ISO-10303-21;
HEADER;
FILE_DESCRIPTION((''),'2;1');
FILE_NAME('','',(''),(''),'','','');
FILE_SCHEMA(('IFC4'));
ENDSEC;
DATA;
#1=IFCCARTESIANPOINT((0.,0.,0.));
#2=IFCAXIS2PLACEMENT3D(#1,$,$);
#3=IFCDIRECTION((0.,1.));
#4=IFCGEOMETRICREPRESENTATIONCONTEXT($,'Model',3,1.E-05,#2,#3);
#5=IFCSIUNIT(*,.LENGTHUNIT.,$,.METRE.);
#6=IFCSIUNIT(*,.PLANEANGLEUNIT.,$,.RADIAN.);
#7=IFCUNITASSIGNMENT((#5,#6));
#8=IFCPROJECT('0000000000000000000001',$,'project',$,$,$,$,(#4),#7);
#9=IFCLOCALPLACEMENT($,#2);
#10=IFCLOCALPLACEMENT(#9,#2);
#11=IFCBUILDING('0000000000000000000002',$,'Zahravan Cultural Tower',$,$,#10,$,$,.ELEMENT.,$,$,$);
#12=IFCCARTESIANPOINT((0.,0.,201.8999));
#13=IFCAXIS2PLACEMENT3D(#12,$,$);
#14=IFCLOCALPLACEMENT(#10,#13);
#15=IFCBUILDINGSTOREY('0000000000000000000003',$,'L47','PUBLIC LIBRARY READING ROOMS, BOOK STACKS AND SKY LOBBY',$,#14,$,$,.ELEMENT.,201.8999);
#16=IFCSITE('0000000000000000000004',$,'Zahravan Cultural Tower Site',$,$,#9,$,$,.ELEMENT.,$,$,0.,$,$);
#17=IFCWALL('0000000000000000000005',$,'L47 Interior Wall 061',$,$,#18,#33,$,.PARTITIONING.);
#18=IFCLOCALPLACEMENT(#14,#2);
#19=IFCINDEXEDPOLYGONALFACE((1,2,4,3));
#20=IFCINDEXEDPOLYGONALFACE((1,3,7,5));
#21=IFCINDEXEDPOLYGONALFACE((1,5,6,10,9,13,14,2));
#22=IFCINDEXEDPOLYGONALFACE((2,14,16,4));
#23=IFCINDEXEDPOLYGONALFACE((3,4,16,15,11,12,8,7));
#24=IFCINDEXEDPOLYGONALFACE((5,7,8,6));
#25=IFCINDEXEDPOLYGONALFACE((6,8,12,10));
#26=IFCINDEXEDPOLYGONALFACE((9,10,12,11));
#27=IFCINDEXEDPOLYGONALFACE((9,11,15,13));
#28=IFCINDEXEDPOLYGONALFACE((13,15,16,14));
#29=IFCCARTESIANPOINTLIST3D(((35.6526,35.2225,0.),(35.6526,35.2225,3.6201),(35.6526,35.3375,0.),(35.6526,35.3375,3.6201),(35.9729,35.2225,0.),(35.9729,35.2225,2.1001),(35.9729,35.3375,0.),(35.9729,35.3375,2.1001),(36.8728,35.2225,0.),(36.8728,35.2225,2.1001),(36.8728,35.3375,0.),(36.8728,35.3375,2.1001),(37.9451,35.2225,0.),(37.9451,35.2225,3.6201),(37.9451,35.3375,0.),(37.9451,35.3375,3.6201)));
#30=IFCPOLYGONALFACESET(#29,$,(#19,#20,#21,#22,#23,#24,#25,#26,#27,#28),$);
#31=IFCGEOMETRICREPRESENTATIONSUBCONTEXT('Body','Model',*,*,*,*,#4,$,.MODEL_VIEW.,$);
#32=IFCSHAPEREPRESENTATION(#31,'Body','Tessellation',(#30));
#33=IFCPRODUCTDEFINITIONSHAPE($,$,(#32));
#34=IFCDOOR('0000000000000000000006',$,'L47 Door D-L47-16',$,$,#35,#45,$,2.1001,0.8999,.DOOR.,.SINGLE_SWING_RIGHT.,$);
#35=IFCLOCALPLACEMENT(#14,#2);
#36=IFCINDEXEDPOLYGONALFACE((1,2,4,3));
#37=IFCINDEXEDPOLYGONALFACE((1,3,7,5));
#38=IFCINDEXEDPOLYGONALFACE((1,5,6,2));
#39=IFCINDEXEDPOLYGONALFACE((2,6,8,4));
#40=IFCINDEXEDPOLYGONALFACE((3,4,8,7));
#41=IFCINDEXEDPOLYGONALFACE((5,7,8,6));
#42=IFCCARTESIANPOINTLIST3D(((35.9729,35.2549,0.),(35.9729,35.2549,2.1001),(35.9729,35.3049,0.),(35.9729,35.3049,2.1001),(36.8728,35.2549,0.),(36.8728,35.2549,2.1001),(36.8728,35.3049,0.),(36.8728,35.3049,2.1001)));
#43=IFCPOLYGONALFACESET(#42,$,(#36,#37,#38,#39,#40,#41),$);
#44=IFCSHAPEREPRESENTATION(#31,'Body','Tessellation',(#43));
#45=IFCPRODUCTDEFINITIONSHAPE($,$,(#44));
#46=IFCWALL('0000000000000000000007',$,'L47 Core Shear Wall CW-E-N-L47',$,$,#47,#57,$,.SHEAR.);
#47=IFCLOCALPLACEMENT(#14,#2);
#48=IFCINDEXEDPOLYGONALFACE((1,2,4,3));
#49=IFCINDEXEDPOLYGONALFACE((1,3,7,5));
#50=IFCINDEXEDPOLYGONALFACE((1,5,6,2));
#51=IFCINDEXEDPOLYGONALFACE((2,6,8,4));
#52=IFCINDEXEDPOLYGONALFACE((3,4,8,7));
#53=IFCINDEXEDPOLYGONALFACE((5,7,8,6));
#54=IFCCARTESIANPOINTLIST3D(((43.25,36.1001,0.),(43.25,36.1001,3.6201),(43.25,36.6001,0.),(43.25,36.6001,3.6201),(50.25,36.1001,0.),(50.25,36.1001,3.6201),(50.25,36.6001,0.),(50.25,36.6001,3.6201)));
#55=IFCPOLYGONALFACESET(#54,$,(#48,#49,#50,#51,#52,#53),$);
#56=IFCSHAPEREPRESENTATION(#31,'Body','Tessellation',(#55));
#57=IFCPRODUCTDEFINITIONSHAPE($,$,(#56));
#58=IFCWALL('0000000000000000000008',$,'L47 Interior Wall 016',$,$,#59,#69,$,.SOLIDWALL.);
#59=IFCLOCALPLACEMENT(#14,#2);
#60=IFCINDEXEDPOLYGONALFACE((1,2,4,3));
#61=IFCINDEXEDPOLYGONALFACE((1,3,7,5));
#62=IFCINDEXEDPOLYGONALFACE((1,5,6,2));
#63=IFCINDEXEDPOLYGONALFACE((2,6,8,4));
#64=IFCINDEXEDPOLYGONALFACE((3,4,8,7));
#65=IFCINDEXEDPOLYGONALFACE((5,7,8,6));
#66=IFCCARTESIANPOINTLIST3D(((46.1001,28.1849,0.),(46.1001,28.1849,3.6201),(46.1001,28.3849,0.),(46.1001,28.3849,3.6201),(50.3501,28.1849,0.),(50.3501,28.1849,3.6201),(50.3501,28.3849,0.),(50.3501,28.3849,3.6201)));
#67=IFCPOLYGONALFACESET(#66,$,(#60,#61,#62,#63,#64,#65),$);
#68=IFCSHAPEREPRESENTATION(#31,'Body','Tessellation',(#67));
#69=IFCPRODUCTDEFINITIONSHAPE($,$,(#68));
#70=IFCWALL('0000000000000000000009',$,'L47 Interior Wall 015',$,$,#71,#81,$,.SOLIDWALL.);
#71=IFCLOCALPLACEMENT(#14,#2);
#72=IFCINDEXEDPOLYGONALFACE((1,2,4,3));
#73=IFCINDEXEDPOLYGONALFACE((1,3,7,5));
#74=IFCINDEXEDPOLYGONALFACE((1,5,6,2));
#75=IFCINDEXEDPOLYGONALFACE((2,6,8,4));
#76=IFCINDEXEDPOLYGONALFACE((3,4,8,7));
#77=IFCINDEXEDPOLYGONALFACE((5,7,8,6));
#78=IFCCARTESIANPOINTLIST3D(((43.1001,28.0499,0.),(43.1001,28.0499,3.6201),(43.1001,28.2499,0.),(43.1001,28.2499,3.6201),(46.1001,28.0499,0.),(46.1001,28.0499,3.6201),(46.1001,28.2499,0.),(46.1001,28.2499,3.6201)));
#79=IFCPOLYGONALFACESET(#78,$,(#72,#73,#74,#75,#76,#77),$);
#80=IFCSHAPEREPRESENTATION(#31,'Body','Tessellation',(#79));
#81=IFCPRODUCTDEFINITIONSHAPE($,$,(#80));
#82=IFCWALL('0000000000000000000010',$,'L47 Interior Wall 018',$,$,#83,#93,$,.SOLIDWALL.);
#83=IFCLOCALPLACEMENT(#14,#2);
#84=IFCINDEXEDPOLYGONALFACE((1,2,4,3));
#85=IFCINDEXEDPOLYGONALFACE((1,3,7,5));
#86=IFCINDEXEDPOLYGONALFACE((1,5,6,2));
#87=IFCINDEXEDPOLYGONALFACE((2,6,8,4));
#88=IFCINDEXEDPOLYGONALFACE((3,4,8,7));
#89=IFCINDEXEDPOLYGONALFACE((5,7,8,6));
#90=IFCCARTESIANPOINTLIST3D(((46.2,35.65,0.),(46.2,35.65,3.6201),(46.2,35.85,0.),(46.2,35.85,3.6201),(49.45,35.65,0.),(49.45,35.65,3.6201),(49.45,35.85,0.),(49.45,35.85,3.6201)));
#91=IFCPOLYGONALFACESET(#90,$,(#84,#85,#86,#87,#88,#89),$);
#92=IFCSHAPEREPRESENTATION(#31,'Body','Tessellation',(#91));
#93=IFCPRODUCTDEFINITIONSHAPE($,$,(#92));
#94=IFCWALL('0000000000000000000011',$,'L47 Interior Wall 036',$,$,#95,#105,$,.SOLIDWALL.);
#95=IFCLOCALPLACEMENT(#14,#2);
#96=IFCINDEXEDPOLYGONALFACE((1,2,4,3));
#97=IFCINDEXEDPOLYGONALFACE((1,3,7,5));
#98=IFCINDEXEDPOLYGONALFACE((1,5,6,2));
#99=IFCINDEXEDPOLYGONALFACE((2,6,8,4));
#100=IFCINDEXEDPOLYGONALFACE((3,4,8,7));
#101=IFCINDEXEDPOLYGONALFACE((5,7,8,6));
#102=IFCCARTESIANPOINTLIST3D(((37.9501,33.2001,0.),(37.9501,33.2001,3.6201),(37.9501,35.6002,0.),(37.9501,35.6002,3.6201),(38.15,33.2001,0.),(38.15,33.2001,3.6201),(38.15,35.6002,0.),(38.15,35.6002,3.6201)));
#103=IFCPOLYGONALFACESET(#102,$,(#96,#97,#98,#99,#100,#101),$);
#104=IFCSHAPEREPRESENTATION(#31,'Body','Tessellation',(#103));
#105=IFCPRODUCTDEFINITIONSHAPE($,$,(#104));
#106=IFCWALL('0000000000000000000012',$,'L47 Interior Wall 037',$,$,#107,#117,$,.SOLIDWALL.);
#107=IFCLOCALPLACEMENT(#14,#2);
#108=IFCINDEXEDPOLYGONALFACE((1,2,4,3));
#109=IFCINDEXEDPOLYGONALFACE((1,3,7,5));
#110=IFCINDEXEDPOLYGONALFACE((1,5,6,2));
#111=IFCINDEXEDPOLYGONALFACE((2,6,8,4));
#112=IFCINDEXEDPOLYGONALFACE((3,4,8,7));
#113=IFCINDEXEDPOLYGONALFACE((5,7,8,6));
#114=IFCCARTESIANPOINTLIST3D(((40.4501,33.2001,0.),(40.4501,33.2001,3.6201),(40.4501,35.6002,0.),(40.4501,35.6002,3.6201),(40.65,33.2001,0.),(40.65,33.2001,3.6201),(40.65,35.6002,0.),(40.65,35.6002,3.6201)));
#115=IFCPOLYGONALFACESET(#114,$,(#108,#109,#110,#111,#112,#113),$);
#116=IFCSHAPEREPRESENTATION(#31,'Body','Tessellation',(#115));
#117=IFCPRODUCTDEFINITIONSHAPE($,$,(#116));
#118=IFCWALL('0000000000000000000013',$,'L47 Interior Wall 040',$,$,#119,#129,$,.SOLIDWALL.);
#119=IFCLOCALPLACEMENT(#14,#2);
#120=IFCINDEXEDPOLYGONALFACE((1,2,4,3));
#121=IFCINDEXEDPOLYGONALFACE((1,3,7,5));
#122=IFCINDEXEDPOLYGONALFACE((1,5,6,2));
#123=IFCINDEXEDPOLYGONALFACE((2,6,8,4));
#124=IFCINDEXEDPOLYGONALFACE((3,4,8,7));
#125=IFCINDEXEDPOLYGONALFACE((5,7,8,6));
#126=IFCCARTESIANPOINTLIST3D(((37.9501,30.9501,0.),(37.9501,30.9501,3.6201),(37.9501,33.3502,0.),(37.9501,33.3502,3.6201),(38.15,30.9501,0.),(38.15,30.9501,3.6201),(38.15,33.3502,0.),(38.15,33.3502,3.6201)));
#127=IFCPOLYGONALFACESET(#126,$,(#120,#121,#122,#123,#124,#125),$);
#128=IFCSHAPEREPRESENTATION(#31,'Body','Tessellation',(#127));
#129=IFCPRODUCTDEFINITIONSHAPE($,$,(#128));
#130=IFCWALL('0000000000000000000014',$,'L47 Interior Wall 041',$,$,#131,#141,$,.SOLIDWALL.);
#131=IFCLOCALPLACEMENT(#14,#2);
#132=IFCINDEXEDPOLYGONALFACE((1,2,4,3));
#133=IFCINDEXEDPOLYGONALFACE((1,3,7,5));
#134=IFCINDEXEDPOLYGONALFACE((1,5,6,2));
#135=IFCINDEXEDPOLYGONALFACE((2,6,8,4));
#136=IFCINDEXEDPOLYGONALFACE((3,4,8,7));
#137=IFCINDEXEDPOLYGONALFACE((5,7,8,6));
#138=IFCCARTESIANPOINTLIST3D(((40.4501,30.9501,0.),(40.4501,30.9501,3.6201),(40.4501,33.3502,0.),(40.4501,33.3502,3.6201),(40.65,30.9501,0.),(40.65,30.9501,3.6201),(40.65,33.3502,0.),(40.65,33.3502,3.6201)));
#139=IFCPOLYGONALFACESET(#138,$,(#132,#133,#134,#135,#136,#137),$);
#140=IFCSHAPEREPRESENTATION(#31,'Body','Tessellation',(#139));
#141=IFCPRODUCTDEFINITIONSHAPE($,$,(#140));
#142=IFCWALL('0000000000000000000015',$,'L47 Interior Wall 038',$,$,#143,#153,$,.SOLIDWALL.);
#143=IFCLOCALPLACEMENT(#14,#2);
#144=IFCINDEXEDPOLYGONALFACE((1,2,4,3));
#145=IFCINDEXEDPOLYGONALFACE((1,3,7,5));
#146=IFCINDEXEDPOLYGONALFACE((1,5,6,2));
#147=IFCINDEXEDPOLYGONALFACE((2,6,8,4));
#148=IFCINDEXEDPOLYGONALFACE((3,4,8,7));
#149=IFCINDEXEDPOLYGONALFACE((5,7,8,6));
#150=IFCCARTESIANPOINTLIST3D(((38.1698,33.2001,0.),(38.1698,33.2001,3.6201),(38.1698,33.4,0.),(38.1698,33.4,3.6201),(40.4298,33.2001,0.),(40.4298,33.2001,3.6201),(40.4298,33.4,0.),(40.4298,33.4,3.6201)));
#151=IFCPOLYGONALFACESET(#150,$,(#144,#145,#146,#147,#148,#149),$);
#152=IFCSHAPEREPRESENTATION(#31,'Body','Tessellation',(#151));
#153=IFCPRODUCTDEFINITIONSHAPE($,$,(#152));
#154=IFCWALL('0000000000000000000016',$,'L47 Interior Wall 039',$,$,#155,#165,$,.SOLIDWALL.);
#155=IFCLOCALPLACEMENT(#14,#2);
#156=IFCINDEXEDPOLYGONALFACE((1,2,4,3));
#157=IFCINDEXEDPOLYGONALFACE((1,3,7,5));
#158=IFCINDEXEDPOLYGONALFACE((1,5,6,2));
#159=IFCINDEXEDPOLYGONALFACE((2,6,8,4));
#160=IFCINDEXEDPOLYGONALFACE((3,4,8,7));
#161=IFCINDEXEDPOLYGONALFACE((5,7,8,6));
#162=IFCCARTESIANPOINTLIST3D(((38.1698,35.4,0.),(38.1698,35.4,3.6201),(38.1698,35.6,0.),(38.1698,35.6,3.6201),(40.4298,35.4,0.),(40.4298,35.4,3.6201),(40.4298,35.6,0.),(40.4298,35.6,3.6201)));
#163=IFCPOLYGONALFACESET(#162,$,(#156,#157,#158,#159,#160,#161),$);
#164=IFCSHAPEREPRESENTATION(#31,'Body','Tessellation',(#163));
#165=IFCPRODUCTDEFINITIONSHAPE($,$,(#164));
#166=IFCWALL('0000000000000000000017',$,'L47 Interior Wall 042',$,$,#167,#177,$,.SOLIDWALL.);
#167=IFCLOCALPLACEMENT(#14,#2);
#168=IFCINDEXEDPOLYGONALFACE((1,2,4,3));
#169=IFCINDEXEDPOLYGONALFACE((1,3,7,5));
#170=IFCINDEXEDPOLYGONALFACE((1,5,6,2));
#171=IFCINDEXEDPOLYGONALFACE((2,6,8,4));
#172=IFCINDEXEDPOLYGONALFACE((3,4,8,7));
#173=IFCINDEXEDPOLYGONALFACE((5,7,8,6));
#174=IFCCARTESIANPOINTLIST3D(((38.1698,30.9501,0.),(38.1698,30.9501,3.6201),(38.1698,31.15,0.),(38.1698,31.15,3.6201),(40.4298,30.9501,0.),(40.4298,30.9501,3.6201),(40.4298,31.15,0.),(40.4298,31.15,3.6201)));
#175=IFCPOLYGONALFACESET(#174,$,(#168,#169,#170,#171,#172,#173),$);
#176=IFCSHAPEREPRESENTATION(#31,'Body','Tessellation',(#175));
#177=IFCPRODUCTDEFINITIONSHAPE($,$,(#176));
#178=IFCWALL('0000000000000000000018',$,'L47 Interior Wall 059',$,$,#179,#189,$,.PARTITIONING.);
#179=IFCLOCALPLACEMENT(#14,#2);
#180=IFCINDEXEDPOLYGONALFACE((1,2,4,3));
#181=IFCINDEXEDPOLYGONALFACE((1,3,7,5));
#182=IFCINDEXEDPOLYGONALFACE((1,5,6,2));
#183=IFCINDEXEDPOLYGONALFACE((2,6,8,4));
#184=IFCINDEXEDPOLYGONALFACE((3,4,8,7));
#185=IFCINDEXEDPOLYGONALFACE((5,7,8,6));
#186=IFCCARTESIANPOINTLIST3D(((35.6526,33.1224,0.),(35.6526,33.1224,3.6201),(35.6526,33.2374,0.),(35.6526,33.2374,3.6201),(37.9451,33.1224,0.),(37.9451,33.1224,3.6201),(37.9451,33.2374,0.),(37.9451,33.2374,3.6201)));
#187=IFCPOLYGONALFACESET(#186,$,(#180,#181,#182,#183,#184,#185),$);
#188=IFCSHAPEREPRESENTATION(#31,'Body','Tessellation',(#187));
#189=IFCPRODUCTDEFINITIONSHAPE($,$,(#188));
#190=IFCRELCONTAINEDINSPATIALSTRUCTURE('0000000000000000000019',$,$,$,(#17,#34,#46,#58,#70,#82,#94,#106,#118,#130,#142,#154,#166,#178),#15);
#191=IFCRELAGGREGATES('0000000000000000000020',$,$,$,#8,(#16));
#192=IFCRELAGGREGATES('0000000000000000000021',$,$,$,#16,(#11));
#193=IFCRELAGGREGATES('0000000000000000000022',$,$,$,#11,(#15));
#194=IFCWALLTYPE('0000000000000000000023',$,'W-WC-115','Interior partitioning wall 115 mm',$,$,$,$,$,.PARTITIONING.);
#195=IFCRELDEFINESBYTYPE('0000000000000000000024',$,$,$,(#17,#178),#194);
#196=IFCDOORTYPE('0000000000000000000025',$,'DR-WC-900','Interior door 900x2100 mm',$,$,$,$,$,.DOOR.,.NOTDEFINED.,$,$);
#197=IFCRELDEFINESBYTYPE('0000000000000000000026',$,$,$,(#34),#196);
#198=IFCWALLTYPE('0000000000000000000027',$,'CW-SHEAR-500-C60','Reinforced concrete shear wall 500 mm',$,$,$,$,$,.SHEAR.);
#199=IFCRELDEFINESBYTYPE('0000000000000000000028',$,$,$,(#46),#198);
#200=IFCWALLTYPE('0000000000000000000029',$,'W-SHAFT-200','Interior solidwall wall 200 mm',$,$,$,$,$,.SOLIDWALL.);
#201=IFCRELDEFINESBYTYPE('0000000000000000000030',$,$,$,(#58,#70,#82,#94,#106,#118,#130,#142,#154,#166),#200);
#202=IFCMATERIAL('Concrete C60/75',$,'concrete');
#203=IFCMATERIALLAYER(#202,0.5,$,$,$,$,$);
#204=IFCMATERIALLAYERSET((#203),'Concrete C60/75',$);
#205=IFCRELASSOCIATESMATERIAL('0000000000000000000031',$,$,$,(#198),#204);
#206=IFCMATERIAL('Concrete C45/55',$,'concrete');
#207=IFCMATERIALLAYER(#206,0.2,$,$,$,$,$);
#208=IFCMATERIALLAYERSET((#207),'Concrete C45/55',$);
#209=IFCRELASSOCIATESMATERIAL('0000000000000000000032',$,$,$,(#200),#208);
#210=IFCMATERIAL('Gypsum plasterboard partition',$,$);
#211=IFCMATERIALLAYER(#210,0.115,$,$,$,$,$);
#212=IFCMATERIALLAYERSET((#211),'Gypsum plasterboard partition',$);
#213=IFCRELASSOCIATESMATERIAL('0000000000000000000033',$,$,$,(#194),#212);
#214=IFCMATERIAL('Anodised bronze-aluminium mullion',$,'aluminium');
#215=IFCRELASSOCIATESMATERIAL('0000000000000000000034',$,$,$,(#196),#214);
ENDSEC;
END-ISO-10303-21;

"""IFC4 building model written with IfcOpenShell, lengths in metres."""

from ifc_helpers import new_model, si_unit, direction, frame, frame_2d, origin, place, context, subcontext, project, spatial, rectangle, extrude, source, transform, mapped, material, layer, layer_set, type_object, element, fill, save


model = new_model("IFC4")

# Units and contexts
model_context = context("Model", 3, precision=1e-05, world=origin(), true_north=direction((0.0, 1.0)))
body_context = subcontext(model_context, "Body", "Model", "MODEL_VIEW")
ifc_project = project(units=[si_unit("LENGTHUNIT", "METRE"), si_unit("PLANEANGLEUNIT", "RADIAN")], contexts=[model_context])

# Site, building, storey
site_placement = place(None, origin())
site = spatial("IfcSite", under=ifc_project, at=site_placement, Name="Zahravan Cultural Tower Site", CompositionType="ELEMENT", RefElevation=0.0)
building_placement = place(site_placement, origin())
building = spatial("IfcBuilding", under=site, at=building_placement, Name="Zahravan Cultural Tower", CompositionType="ELEMENT")
storey_placement = place(building_placement, frame((0.0, 0.0, 201.8999)))
storey = spatial("IfcBuildingStorey", under=building, at=storey_placement, Name="L47", Description="PUBLIC LIBRARY READING ROOMS, BOOK STACKS AND SKY LOBBY", CompositionType="ELEMENT", Elevation=201.8999)

# Wall, opening, door
ifc_material_1 = material(Name="Concrete C60/75", Category="concrete")
ifc_layer_1 = layer(ifc_material_1, 0.5)
ifc_layer_set_1 = layer_set([ifc_layer_1], Name="Concrete C60/75")
wall_type_1 = type_object("IfcWallType", Name="CW-SHEAR-500-C60", Description="Reinforced concrete shear wall 500 mm", PredefinedType="SHEAR", material=ifc_layer_set_1)
ifc_material_2 = material(Name="Concrete C45/55", Category="concrete")
ifc_layer_2 = layer(ifc_material_2, 0.2)
ifc_layer_set_2 = layer_set([ifc_layer_2], Name="Concrete C45/55")
wall_type_2 = type_object("IfcWallType", Name="W-SHAFT-200", Description="Interior solidwall wall 200 mm", PredefinedType="SOLIDWALL", material=ifc_layer_set_2)
ifc_material_3 = material(Name="Gypsum plasterboard partition")
ifc_layer_3 = layer(ifc_material_3, 0.115)
ifc_layer_set_3 = layer_set([ifc_layer_3], Name="Gypsum plasterboard partition")
wall_type_3 = type_object("IfcWallType", Name="W-WC-115", Description="Interior partitioning wall 115 mm", PredefinedType="PARTITIONING", material=ifc_layer_set_3)
ifc_material_4 = material(Name="Anodised bronze-aluminium mullion", Category="aluminium")
door_type_1 = type_object("IfcDoorType", Name="DR-WC-900", Description="Interior door 900x2100 mm", OperationType="NOTDEFINED", PredefinedType="DOOR", material=ifc_material_4)
shared_shape_1 = source(origin(), body_context, "Body", "SweptSolid", [
    extrude(rectangle(XDim=0.8999, YDim=2.1001, at=frame_2d((0.45, 1.05))), frame((0.0, 0.0249, 0.0), z_axis=(0.0, -1.0, 0.0), x_axis=(1.0, 0.0, 0.0)), (0.0, 0.0, 1.0), 0.05),
])
wall_1_placement = place(storey_placement, frame((35.6526, 35.28, 0.0), z_axis=(0.0, 0.0, 1.0), x_axis=(1.0, 0.0, 0.0)))
wall_1 = element("IfcWall", 1, at=wall_1_placement, inside=storey, type_object=wall_type_3, Name="L47 Interior Wall 061", PredefinedType="PARTITIONING", context=body_context, shape_type="SweptSolid", body=[
    extrude(rectangle(XDim=2.2925, YDim=0.115, at=frame_2d((1.1462, 0.0))), origin(), (0.0, 0.0, 1.0), 3.6201),
])
opening_1_placement = place(wall_1_placement, frame((0.3203, 0.0, 0.0)))
opening_1 = element("IfcOpeningElement", 2, at=opening_1_placement, cuts=wall_1, PredefinedType="OPENING", context=body_context, shape_type="SweptSolid", body=[
    extrude(rectangle(XDim=0.8999, YDim=2.1001, at=frame_2d((0.45, 1.05))), frame((0.0, 0.0674, 0.0), z_axis=(0.0, -1.0, 0.0), x_axis=(1.0, 0.0, 0.0)), (0.0, 0.0, 1.0), 0.135),
])
door_1_placement = place(opening_1_placement, origin())
door_1 = element("IfcDoor", 3, at=door_1_placement, inside=storey, type_object=door_type_1, Name="L47 Door D-L47-16", OperationType="SINGLE_SWING_RIGHT", OverallHeight=2.1001, OverallWidth=0.8999, PredefinedType="DOOR", context=body_context, shape_type="MappedRepresentation", body=[
    mapped(shared_shape_1, transform((0.0, 0.0, 0.0), x_axis=(1.0, 0.0, 0.0), y_axis=(0.0, 1.0, 0.0), z_axis=(0.0, 0.0, 1.0), scale=1.0)),
])
fill(opening_1, door_1)

# Walls
shared_shape_2 = source(origin(), body_context, "Body", "SweptSolid", [
    extrude(rectangle(XDim=7.0, YDim=0.5, at=frame_2d((3.5, 0.0))), origin(), (0.0, 0.0, 1.0), 3.6201),
])
wall_2_placement = place(storey_placement, frame((43.25, 36.3501, 0.0), z_axis=(0.0, 0.0, 1.0), x_axis=(1.0, 0.0, 0.0)))
element("IfcWall", 4, at=wall_2_placement, inside=storey, type_object=wall_type_1, Name="L47 Core Shear Wall CW-E-N-L47", PredefinedType="SHEAR", context=body_context, shape_type="MappedRepresentation", body=[
    mapped(shared_shape_2, transform((0.0, 0.0, 0.0), x_axis=(1.0, 0.0, 0.0), y_axis=(0.0, 1.0, 0.0), z_axis=(0.0, 0.0, 1.0), scale=1.0)),
])
shared_shape_3 = source(origin(), body_context, "Body", "SweptSolid", [
    extrude(rectangle(XDim=4.25, YDim=0.2, at=frame_2d((2.125, 0.0))), origin(), (0.0, 0.0, 1.0), 3.6201),
])
wall_3_placement = place(storey_placement, frame((46.1001, 28.2849, 0.0), z_axis=(0.0, 0.0, 1.0), x_axis=(1.0, 0.0, 0.0)))
element("IfcWall", 5, at=wall_3_placement, inside=storey, type_object=wall_type_2, Name="L47 Interior Wall 016", PredefinedType="SOLIDWALL", context=body_context, shape_type="MappedRepresentation", body=[
    mapped(shared_shape_3, transform((0.0, 0.0, 0.0), x_axis=(1.0, 0.0, 0.0), y_axis=(0.0, 1.0, 0.0), z_axis=(0.0, 0.0, 1.0), scale=1.0)),
])
shared_shape_4 = source(origin(), body_context, "Body", "SweptSolid", [
    extrude(rectangle(XDim=3.0, YDim=0.2, at=frame_2d((1.5, 0.0))), origin(), (0.0, 0.0, 1.0), 3.6201),
])
wall_4_placement = place(storey_placement, frame((43.1001, 28.1499, 0.0), z_axis=(0.0, 0.0, 1.0), x_axis=(1.0, 0.0, 0.0)))
element("IfcWall", 6, at=wall_4_placement, inside=storey, type_object=wall_type_2, Name="L47 Interior Wall 015", PredefinedType="SOLIDWALL", context=body_context, shape_type="MappedRepresentation", body=[
    mapped(shared_shape_4, transform((0.0, 0.0, 0.0), x_axis=(1.0, 0.0, 0.0), y_axis=(0.0, 1.0, 0.0), z_axis=(0.0, 0.0, 1.0), scale=1.0)),
])
shared_shape_5 = source(origin(), body_context, "Body", "SweptSolid", [
    extrude(rectangle(XDim=3.25, YDim=0.2, at=frame_2d((1.625, 0.0))), origin(), (0.0, 0.0, 1.0), 3.6201),
])
wall_5_placement = place(storey_placement, frame((46.2, 35.75, 0.0), z_axis=(0.0, 0.0, 1.0), x_axis=(1.0, 0.0, 0.0)))
element("IfcWall", 7, at=wall_5_placement, inside=storey, type_object=wall_type_2, Name="L47 Interior Wall 018", PredefinedType="SOLIDWALL", context=body_context, shape_type="MappedRepresentation", body=[
    mapped(shared_shape_5, transform((0.0, 0.0, 0.0), x_axis=(1.0, 0.0, 0.0), y_axis=(0.0, 1.0, 0.0), z_axis=(0.0, 0.0, 1.0), scale=1.0)),
])
shared_shape_6 = source(origin(), body_context, "Body", "SweptSolid", [
    extrude(rectangle(XDim=2.4001, YDim=0.2, at=frame_2d((1.2002, 0.0))), origin(), (0.0, 0.0, 1.0), 3.6201),
])
for number, where, z_axis, x_axis, name in (
    (8, (38.05, 33.2, 0.0), (0.0, 0.0, 1.0), (0.0, 1.0, 0.0), "L47 Interior Wall 036"),
    (9, (40.55, 33.2, 0.0), (0.0, 0.0, 1.0), (0.0, 1.0, 0.0), "L47 Interior Wall 037"),
    (10, (38.05, 30.95, 0.0), (0.0, 0.0, 1.0), (0.0, 1.0, 0.0), "L47 Interior Wall 040"),
    (11, (40.55, 30.95, 0.0), (0.0, 0.0, 1.0), (0.0, 1.0, 0.0), "L47 Interior Wall 041"),
):
    element("IfcWall", number, at=place(storey_placement, frame(where, z_axis=z_axis, x_axis=x_axis)), inside=storey, type_object=wall_type_2, Name=name, PredefinedType="SOLIDWALL", context=body_context, shape_type="MappedRepresentation", body=[
        mapped(shared_shape_6, transform((0.0, 0.0, 0.0), x_axis=(1.0, 0.0, 0.0), y_axis=(0.0, 1.0, 0.0), z_axis=(0.0, 0.0, 1.0), scale=1.0)),
    ])
shared_shape_7 = source(origin(), body_context, "Body", "SweptSolid", [
    extrude(rectangle(XDim=2.26, YDim=0.2, at=frame_2d((1.1299, 0.0))), origin(), (0.0, 0.0, 1.0), 3.6201),
])
for number, where, z_axis, x_axis, name in (
    (12, (38.1699, 33.3, 0.0), (0.0, 0.0, 1.0), (1.0, 0.0, 0.0), "L47 Interior Wall 038"),
    (13, (38.1699, 35.5, 0.0), (0.0, 0.0, 1.0), (1.0, 0.0, 0.0), "L47 Interior Wall 039"),
    (14, (38.1699, 31.05, 0.0), (0.0, 0.0, 1.0), (1.0, 0.0, 0.0), "L47 Interior Wall 042"),
):
    element("IfcWall", number, at=place(storey_placement, frame(where, z_axis=z_axis, x_axis=x_axis)), inside=storey, type_object=wall_type_2, Name=name, PredefinedType="SOLIDWALL", context=body_context, shape_type="MappedRepresentation", body=[
        mapped(shared_shape_7, transform((0.0, 0.0, 0.0), x_axis=(1.0, 0.0, 0.0), y_axis=(0.0, 1.0, 0.0), z_axis=(0.0, 0.0, 1.0), scale=1.0)),
    ])
shared_shape_8 = source(origin(), body_context, "Body", "SweptSolid", [
    extrude(rectangle(XDim=2.2925, YDim=0.115, at=frame_2d((1.1462, 0.0))), origin(), (0.0, 0.0, 1.0), 3.6201),
])
wall_6_placement = place(storey_placement, frame((35.6526, 33.1799, 0.0), z_axis=(0.0, 0.0, 1.0), x_axis=(1.0, 0.0, 0.0)))
element("IfcWall", 15, at=wall_6_placement, inside=storey, type_object=wall_type_3, Name="L47 Interior Wall 059", PredefinedType="PARTITIONING", context=body_context, shape_type="MappedRepresentation", body=[
    mapped(shared_shape_8, transform((0.0, 0.0, 0.0), x_axis=(1.0, 0.0, 0.0), y_axis=(0.0, 1.0, 0.0), z_axis=(0.0, 0.0, 1.0), scale=1.0)),
])

save(model, "model.ifc")
